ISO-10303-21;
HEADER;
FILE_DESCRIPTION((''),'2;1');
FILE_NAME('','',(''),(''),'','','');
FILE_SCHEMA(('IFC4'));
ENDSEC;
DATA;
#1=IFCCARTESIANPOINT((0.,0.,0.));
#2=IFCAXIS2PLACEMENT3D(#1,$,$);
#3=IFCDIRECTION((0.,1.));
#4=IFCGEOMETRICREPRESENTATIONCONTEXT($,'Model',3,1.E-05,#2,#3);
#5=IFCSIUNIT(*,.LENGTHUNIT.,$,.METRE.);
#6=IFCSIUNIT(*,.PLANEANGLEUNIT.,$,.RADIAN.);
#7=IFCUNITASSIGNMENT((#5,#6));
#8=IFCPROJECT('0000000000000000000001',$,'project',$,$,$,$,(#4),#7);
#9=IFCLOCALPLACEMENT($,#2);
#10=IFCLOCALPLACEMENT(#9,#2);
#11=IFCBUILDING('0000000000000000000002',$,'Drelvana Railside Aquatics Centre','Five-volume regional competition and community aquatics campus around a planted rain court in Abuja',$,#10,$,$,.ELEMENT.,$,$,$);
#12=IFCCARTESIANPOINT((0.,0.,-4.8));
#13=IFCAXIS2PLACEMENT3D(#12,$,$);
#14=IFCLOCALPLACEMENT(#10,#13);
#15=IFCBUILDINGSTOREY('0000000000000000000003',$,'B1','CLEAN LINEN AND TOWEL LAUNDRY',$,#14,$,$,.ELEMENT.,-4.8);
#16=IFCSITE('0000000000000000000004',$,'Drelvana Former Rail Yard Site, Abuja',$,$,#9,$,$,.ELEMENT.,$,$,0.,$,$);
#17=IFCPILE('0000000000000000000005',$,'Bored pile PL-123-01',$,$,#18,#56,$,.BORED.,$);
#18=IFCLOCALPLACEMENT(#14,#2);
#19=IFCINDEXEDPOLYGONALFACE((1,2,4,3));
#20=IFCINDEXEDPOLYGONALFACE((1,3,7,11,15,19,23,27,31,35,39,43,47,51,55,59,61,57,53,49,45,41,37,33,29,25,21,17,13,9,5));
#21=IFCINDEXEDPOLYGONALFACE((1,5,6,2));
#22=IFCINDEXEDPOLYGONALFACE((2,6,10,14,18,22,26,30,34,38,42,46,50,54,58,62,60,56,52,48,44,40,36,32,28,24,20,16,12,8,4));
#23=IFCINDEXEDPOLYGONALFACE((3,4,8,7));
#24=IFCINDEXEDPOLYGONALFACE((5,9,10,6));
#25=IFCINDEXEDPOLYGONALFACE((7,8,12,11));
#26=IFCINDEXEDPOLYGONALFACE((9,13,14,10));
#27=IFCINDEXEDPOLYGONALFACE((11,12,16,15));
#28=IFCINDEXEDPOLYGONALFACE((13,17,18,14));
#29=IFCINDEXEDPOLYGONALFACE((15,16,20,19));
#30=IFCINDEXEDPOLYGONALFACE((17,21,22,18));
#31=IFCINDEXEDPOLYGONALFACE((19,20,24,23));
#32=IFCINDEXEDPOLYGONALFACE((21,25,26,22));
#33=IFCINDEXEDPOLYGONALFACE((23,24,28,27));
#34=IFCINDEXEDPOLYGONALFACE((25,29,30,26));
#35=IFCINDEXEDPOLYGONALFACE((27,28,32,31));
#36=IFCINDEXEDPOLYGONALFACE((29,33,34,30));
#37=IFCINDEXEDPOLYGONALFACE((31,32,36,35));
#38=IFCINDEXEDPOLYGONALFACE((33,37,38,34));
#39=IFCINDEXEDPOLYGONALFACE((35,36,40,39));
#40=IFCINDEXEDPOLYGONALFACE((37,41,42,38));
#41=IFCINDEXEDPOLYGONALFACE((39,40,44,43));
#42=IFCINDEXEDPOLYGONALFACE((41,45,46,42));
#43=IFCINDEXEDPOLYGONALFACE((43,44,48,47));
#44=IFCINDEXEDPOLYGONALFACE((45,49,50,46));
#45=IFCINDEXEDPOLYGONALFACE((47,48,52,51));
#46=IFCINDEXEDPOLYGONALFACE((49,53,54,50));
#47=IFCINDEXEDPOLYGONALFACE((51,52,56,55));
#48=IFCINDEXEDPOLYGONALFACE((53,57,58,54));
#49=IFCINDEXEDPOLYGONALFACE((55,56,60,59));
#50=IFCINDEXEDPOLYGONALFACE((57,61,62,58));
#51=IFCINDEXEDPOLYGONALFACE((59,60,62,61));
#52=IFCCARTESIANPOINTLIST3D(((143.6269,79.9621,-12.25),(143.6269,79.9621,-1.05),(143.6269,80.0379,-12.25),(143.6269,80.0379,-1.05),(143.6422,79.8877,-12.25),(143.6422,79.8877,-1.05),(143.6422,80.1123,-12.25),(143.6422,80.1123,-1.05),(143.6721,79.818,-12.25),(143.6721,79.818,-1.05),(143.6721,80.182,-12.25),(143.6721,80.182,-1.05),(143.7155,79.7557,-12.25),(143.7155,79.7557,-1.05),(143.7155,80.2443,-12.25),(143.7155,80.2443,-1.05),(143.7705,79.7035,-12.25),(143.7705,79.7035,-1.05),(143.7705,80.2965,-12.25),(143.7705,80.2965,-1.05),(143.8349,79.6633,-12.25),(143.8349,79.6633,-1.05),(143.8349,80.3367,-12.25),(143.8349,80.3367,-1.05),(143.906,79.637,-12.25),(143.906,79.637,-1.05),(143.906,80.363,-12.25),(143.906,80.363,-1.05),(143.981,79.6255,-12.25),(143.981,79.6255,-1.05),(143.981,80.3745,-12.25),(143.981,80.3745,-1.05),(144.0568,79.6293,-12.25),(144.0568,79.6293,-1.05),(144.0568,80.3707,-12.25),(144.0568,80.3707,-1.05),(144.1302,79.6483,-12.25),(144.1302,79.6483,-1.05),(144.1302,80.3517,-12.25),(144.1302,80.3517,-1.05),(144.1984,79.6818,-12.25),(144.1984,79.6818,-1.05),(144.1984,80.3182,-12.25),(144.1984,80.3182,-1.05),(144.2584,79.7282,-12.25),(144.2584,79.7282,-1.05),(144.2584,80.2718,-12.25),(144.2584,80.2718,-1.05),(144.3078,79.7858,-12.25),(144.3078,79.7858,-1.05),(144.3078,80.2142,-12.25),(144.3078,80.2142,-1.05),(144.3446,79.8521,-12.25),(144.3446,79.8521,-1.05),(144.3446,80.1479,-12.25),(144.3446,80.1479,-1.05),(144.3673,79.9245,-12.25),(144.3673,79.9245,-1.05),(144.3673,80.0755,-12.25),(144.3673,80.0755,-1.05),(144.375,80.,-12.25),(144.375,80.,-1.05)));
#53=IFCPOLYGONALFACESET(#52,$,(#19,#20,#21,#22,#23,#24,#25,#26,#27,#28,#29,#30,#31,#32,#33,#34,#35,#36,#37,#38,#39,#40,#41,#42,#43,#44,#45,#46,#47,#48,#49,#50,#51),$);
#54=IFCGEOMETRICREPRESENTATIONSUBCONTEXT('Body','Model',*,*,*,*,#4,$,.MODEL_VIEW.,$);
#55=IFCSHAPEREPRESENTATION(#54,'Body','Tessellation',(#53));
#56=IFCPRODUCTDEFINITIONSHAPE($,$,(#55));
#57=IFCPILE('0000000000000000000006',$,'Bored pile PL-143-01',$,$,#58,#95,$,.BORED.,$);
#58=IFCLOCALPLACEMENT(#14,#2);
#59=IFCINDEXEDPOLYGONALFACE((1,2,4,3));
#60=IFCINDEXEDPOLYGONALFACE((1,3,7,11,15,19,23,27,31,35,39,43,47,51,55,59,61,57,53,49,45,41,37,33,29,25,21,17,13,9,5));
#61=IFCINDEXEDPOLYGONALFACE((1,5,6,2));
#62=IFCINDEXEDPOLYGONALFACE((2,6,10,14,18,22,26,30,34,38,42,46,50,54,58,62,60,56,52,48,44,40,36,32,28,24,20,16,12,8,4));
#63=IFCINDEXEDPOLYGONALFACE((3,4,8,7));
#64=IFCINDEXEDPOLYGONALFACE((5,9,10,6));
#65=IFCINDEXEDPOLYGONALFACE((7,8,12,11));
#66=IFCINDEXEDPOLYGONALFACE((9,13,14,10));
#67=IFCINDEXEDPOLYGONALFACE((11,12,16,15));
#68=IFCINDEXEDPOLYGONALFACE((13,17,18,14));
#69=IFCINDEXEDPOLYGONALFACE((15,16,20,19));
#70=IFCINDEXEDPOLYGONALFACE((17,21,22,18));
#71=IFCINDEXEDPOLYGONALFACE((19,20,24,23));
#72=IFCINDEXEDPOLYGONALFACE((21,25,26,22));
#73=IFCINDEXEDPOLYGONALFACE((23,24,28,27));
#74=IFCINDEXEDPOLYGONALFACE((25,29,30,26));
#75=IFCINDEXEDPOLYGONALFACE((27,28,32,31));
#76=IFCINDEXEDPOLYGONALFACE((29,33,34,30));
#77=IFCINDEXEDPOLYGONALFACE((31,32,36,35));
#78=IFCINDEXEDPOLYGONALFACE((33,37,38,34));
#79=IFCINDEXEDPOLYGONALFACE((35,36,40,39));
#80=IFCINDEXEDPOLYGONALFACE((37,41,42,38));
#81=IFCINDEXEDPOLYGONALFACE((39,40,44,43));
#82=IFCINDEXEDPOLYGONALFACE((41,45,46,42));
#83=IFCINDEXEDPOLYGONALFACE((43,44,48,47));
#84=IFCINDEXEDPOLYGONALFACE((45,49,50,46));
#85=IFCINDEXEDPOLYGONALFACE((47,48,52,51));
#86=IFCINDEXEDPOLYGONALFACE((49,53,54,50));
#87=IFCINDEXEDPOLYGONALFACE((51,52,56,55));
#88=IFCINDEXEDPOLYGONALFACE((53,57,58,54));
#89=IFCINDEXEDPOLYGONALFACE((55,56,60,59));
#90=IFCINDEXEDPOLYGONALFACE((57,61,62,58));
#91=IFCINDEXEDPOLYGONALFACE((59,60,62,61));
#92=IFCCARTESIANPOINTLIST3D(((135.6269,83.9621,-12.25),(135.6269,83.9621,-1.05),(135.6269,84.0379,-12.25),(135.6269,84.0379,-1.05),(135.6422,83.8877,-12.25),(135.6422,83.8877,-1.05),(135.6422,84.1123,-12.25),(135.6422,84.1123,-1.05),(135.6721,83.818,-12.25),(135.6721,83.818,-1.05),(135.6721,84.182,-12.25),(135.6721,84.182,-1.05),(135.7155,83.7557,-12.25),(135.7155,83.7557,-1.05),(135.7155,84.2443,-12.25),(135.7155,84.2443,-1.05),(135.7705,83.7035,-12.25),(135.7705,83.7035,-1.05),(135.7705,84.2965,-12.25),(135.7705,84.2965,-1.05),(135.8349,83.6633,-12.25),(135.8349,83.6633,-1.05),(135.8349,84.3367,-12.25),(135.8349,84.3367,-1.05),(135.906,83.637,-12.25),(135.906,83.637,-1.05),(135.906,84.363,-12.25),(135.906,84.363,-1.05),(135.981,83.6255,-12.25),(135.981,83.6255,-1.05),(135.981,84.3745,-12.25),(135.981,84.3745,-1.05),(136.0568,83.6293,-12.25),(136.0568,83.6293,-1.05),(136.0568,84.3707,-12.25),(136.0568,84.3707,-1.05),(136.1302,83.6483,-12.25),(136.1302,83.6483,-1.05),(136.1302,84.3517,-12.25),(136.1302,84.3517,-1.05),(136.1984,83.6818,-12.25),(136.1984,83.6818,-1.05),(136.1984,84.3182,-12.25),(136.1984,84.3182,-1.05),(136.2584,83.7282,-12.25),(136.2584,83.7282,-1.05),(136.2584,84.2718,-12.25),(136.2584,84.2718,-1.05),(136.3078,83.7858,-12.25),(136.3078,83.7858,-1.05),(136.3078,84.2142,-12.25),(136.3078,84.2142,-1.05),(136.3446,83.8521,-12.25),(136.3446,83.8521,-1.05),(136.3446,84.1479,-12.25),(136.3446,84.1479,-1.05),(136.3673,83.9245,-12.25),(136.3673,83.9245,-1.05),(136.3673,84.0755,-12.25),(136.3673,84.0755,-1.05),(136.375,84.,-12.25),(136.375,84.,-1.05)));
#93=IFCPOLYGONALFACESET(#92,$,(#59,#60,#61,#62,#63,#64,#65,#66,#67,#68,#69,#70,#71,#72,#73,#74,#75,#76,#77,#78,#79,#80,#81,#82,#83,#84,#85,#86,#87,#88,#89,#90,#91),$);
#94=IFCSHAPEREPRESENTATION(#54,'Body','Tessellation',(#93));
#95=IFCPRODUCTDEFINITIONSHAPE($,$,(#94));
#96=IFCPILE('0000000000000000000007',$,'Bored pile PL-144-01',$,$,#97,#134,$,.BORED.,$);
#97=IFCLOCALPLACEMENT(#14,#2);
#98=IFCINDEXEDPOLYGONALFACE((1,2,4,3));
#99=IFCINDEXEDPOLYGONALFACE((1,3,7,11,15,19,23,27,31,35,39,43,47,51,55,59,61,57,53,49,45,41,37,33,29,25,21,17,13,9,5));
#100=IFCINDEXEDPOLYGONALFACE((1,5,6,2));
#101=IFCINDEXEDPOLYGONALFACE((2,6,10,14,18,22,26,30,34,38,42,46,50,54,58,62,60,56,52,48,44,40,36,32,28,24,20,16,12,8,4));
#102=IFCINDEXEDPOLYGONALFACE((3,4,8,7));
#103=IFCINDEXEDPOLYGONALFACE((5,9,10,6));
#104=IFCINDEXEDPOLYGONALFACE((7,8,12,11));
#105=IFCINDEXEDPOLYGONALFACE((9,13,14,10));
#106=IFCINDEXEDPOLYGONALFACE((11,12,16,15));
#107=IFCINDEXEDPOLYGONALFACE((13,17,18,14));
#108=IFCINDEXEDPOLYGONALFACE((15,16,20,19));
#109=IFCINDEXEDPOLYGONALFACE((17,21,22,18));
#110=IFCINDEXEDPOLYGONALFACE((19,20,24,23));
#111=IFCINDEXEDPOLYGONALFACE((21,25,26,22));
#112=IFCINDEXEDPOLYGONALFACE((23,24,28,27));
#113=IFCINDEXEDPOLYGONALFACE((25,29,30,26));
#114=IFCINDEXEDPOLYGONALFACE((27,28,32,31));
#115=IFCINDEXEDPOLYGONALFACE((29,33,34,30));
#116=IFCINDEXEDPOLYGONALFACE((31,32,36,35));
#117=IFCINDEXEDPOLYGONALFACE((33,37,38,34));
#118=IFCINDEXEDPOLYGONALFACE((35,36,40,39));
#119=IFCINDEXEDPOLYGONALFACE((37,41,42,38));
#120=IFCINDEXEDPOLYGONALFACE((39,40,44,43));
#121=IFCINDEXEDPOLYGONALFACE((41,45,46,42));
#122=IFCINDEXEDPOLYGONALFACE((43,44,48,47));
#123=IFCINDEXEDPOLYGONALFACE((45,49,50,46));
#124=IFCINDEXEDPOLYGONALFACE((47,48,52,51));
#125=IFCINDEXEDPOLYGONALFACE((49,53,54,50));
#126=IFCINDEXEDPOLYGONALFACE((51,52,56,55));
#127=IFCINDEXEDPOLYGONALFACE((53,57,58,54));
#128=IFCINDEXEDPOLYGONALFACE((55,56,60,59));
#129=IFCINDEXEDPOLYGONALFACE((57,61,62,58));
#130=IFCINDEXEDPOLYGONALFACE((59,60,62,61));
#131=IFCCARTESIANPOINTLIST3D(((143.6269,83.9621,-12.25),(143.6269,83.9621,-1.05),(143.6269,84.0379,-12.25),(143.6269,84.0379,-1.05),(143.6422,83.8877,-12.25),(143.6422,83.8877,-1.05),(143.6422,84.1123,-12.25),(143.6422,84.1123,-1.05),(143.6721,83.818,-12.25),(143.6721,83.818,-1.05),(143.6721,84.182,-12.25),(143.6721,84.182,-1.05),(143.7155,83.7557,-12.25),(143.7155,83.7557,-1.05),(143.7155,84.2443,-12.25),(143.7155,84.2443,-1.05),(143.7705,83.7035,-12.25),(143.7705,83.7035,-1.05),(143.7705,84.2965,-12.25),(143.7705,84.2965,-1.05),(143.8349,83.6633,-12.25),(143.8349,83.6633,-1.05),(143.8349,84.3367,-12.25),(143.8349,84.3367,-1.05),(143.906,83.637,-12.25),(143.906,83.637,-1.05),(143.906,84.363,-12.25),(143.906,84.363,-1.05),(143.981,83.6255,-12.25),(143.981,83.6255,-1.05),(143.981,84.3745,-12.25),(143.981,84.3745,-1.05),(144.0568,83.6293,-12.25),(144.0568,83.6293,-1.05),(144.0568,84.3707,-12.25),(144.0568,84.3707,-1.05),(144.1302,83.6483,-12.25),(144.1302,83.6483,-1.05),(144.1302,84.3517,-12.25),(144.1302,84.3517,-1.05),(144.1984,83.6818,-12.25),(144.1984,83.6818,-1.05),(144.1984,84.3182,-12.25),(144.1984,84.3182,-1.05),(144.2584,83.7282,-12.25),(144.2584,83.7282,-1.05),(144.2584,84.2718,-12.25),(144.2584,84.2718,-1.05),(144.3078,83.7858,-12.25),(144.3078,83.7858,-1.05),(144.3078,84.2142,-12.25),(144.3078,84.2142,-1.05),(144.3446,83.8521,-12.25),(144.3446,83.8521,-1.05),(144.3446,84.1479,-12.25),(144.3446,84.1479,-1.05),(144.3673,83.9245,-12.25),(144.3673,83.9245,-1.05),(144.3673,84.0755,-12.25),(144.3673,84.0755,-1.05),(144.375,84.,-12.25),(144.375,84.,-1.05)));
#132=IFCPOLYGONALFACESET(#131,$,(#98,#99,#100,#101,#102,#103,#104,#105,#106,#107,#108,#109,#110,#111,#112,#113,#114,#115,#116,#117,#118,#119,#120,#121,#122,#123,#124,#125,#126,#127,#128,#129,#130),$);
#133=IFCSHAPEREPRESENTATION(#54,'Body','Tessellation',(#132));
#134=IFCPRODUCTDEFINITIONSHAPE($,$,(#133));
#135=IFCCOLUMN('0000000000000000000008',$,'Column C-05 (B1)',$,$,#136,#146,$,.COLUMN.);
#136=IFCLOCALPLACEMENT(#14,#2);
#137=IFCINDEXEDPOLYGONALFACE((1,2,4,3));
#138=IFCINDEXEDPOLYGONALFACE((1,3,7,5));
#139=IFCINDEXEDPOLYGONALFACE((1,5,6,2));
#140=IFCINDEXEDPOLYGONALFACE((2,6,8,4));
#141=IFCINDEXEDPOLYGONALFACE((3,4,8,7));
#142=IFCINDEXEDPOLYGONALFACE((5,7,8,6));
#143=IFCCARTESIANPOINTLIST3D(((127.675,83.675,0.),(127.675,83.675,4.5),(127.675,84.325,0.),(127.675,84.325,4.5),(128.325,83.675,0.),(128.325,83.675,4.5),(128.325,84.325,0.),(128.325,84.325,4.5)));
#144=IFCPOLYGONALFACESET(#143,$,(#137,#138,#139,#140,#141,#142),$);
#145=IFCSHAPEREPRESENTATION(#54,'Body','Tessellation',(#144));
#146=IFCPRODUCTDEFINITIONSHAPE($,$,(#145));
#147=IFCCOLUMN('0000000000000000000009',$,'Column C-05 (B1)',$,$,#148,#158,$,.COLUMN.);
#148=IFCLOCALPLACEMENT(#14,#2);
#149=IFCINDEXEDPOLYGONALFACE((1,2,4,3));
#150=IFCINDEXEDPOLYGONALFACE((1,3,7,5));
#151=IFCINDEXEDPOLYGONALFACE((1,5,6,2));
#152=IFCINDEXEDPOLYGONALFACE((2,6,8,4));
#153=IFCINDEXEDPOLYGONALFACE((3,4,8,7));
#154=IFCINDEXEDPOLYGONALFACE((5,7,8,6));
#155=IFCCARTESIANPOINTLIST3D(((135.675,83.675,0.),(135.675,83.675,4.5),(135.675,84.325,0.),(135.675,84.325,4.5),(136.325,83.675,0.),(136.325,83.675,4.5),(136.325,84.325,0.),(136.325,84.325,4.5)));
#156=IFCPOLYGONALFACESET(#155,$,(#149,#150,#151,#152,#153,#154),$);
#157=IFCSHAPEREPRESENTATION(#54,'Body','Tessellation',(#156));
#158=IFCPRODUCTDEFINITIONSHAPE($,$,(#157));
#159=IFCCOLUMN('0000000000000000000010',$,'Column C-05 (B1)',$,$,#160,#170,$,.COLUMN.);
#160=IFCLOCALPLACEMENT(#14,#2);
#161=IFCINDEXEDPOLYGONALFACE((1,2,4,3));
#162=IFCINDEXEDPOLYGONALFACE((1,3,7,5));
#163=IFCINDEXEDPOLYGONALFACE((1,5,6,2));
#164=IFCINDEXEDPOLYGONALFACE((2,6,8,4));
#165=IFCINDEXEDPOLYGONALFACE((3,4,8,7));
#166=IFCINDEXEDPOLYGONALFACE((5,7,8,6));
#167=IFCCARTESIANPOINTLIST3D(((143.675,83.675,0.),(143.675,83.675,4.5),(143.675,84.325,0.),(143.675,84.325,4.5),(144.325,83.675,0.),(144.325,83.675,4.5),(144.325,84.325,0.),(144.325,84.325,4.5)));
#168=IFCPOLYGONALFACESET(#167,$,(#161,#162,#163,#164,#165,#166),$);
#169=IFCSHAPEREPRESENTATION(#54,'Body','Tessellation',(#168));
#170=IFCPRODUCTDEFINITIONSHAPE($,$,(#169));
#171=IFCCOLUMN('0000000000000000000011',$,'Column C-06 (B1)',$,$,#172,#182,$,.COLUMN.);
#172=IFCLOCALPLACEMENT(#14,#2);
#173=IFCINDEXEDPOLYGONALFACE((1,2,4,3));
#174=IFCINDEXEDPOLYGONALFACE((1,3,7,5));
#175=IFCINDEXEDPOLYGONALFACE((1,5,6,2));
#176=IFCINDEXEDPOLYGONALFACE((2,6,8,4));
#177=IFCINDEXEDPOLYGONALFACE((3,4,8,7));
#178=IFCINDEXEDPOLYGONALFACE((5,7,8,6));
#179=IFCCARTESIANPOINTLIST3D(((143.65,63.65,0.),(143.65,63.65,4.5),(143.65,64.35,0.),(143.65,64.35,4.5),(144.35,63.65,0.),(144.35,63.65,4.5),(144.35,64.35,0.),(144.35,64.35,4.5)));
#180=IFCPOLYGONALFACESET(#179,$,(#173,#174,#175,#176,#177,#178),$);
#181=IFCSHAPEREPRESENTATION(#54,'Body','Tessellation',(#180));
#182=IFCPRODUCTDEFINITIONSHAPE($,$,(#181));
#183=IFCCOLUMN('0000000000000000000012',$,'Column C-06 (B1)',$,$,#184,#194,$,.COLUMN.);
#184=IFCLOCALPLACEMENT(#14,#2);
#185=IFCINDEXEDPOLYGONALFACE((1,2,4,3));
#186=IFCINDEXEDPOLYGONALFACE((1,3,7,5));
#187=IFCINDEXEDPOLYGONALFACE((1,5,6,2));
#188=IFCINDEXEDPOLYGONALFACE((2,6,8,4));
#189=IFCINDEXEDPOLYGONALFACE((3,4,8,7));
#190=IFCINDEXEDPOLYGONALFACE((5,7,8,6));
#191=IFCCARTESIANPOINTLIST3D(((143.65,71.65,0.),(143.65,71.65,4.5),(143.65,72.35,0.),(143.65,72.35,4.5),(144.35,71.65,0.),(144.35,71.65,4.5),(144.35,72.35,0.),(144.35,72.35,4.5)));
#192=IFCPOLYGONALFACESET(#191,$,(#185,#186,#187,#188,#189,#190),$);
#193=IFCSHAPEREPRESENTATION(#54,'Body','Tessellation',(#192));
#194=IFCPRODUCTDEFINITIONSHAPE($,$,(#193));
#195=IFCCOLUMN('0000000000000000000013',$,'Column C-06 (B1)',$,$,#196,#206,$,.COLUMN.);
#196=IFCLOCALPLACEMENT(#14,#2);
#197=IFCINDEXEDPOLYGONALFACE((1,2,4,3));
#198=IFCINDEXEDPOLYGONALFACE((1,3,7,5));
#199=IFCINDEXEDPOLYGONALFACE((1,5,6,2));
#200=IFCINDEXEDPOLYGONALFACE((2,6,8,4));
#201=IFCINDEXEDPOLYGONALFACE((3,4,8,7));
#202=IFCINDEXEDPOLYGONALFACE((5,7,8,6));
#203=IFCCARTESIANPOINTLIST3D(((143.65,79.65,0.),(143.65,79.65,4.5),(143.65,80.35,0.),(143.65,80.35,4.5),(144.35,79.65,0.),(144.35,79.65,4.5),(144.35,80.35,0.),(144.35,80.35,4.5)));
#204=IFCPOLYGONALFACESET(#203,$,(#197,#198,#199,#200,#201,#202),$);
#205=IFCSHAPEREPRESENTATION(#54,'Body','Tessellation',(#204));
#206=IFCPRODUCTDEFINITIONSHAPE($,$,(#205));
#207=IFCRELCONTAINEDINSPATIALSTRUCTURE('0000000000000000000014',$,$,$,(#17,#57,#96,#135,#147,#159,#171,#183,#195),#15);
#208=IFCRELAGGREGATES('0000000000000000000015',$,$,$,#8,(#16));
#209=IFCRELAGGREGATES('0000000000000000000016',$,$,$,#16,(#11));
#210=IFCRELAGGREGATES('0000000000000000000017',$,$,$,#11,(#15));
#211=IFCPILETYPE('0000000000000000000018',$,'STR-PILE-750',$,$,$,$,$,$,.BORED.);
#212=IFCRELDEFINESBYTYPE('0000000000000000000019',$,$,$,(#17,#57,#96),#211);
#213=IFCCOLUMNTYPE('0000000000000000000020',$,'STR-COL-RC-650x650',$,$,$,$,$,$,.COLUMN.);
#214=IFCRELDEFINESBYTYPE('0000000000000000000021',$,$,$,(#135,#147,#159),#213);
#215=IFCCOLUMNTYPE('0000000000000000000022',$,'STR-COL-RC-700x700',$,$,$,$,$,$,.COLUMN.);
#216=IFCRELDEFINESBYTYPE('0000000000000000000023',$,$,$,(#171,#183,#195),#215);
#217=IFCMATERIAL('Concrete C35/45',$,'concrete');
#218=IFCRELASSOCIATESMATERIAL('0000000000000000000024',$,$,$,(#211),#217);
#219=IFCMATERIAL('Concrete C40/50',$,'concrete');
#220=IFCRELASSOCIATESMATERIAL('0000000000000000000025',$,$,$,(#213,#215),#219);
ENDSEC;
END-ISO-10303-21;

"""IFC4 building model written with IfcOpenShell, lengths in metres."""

from ifc_helpers import new_model, si_unit, direction, frame, origin, origin_2d, place, context, subcontext, project, spatial, rectangle, circle, extrude, material, material_profile, profile_set, type_object, element, save


model = new_model("IFC4")

# Units and contexts
model_context = context("Model", 3, precision=1e-05, world=origin(), true_north=direction((0.0, 1.0)))
body_context = subcontext(model_context, "Body", "Model", "MODEL_VIEW")
ifc_project = project(units=[si_unit("LENGTHUNIT", "METRE"), si_unit("PLANEANGLEUNIT", "RADIAN")], contexts=[model_context])

# Site, building, storey
site_placement = place(None, origin())
site = spatial("IfcSite", under=ifc_project, at=site_placement, Name="Drelvana Former Rail Yard Site, Abuja", CompositionType="ELEMENT", RefElevation=0.0)
building_placement = place(site_placement, origin())
building = spatial("IfcBuilding", under=site, at=building_placement, Name="Drelvana Railside Aquatics Centre", Description="Five-volume regional competition and community aquatics campus around a planted rain court in Abuja", CompositionType="ELEMENT")
storey_placement = place(building_placement, frame((0.0, 0.0, -4.8)))
storey = spatial("IfcBuildingStorey", under=building, at=storey_placement, Name="B1", Description="CLEAN LINEN AND TOWEL LAUNDRY", CompositionType="ELEMENT", Elevation=-4.8)

# Shared definitions
ifc_material_1 = material(Name="Concrete C35/45", Category="concrete")

# Piles
ifc_material_profile_1 = material_profile(ifc_material_1, circle(Radius=0.375, at=origin_2d()), Name="PILE D750")
ifc_profile_set_1 = profile_set([ifc_material_profile_1], Name="Concrete C35/45")
pile_type = type_object("IfcPileType", Name="STR-PILE-750", PredefinedType="BORED", material=ifc_profile_set_1)
for number, where, z_axis, x_axis, name in (
    (1, (144.0, 80.0, -1.05), (0.0, 0.0, -1.0), (1.0, 0.0, 0.0), "Bored pile PL-123-01"),
    (2, (136.0, 84.0, -1.05), (0.0, 0.0, -1.0), (1.0, 0.0, 0.0), "Bored pile PL-143-01"),
    (3, (144.0, 84.0, -1.05), (0.0, 0.0, -1.0), (1.0, 0.0, 0.0), "Bored pile PL-144-01"),
):
    element("IfcPile", number, at=place(storey_placement, frame(where, z_axis=z_axis, x_axis=x_axis)), inside=storey, type_object=pile_type, Name=name, PredefinedType="BORED", context=body_context, shape_type="SweptSolid", body=[
        extrude(circle(Radius=0.375, at=origin_2d()), origin(), (0.0, 0.0, 1.0), 11.2),
    ])

# Columns
ifc_material_2 = material(Name="Concrete C40/50", Category="concrete")
ifc_material_profile_2 = material_profile(ifc_material_2, rectangle(XDim=0.6499, YDim=0.6499, at=origin_2d()), Name="RC 650x650")
ifc_profile_set_2 = profile_set([ifc_material_profile_2], Name="Concrete C40/50")
column_type_1 = type_object("IfcColumnType", Name="STR-COL-RC-650x650", PredefinedType="COLUMN", material=ifc_profile_set_2)
for number, where, z_axis, x_axis, name in (
    (4, (128.0, 84.0, 0.0), (0.0, 0.0, 1.0), (1.0, 0.0, 0.0), "Column C-05 (B1)"),
    (5, (136.0, 84.0, 0.0), (0.0, 0.0, 1.0), (1.0, 0.0, 0.0), "Column C-05 (B1)"),
    (6, (144.0, 84.0, 0.0), (0.0, 0.0, 1.0), (1.0, 0.0, 0.0), "Column C-05 (B1)"),
):
    element("IfcColumn", number, at=place(storey_placement, frame(where, z_axis=z_axis, x_axis=x_axis)), inside=storey, type_object=column_type_1, Name=name, PredefinedType="COLUMN", context=body_context, shape_type="SweptSolid", body=[
        extrude(rectangle(XDim=0.6499, YDim=0.6499, at=origin_2d()), origin(), (0.0, 0.0, 1.0), 4.5),
    ])
ifc_material_profile_3 = material_profile(ifc_material_2, rectangle(XDim=0.7, YDim=0.7, at=origin_2d()), Name="RC 700x700")
ifc_profile_set_3 = profile_set([ifc_material_profile_3], Name="Concrete C40/50")
column_type_2 = type_object("IfcColumnType", Name="STR-COL-RC-700x700", PredefinedType="COLUMN", material=ifc_profile_set_3)
for number, where, z_axis, x_axis, name in (
    (7, (144.0, 64.0, 0.0), (0.0, 0.0, 1.0), (1.0, 0.0, 0.0), "Column C-06 (B1)"),
    (8, (144.0, 72.0, 0.0), (0.0, 0.0, 1.0), (1.0, 0.0, 0.0), "Column C-06 (B1)"),
    (9, (144.0, 80.0, 0.0), (0.0, 0.0, 1.0), (1.0, 0.0, 0.0), "Column C-06 (B1)"),
):
    element("IfcColumn", number, at=place(storey_placement, frame(where, z_axis=z_axis, x_axis=x_axis)), inside=storey, type_object=column_type_2, Name=name, PredefinedType="COLUMN", context=body_context, shape_type="SweptSolid", body=[
        extrude(rectangle(XDim=0.7, YDim=0.7, at=origin_2d()), origin(), (0.0, 0.0, 1.0), 4.5),
    ])

save(model, "model.ifc")
